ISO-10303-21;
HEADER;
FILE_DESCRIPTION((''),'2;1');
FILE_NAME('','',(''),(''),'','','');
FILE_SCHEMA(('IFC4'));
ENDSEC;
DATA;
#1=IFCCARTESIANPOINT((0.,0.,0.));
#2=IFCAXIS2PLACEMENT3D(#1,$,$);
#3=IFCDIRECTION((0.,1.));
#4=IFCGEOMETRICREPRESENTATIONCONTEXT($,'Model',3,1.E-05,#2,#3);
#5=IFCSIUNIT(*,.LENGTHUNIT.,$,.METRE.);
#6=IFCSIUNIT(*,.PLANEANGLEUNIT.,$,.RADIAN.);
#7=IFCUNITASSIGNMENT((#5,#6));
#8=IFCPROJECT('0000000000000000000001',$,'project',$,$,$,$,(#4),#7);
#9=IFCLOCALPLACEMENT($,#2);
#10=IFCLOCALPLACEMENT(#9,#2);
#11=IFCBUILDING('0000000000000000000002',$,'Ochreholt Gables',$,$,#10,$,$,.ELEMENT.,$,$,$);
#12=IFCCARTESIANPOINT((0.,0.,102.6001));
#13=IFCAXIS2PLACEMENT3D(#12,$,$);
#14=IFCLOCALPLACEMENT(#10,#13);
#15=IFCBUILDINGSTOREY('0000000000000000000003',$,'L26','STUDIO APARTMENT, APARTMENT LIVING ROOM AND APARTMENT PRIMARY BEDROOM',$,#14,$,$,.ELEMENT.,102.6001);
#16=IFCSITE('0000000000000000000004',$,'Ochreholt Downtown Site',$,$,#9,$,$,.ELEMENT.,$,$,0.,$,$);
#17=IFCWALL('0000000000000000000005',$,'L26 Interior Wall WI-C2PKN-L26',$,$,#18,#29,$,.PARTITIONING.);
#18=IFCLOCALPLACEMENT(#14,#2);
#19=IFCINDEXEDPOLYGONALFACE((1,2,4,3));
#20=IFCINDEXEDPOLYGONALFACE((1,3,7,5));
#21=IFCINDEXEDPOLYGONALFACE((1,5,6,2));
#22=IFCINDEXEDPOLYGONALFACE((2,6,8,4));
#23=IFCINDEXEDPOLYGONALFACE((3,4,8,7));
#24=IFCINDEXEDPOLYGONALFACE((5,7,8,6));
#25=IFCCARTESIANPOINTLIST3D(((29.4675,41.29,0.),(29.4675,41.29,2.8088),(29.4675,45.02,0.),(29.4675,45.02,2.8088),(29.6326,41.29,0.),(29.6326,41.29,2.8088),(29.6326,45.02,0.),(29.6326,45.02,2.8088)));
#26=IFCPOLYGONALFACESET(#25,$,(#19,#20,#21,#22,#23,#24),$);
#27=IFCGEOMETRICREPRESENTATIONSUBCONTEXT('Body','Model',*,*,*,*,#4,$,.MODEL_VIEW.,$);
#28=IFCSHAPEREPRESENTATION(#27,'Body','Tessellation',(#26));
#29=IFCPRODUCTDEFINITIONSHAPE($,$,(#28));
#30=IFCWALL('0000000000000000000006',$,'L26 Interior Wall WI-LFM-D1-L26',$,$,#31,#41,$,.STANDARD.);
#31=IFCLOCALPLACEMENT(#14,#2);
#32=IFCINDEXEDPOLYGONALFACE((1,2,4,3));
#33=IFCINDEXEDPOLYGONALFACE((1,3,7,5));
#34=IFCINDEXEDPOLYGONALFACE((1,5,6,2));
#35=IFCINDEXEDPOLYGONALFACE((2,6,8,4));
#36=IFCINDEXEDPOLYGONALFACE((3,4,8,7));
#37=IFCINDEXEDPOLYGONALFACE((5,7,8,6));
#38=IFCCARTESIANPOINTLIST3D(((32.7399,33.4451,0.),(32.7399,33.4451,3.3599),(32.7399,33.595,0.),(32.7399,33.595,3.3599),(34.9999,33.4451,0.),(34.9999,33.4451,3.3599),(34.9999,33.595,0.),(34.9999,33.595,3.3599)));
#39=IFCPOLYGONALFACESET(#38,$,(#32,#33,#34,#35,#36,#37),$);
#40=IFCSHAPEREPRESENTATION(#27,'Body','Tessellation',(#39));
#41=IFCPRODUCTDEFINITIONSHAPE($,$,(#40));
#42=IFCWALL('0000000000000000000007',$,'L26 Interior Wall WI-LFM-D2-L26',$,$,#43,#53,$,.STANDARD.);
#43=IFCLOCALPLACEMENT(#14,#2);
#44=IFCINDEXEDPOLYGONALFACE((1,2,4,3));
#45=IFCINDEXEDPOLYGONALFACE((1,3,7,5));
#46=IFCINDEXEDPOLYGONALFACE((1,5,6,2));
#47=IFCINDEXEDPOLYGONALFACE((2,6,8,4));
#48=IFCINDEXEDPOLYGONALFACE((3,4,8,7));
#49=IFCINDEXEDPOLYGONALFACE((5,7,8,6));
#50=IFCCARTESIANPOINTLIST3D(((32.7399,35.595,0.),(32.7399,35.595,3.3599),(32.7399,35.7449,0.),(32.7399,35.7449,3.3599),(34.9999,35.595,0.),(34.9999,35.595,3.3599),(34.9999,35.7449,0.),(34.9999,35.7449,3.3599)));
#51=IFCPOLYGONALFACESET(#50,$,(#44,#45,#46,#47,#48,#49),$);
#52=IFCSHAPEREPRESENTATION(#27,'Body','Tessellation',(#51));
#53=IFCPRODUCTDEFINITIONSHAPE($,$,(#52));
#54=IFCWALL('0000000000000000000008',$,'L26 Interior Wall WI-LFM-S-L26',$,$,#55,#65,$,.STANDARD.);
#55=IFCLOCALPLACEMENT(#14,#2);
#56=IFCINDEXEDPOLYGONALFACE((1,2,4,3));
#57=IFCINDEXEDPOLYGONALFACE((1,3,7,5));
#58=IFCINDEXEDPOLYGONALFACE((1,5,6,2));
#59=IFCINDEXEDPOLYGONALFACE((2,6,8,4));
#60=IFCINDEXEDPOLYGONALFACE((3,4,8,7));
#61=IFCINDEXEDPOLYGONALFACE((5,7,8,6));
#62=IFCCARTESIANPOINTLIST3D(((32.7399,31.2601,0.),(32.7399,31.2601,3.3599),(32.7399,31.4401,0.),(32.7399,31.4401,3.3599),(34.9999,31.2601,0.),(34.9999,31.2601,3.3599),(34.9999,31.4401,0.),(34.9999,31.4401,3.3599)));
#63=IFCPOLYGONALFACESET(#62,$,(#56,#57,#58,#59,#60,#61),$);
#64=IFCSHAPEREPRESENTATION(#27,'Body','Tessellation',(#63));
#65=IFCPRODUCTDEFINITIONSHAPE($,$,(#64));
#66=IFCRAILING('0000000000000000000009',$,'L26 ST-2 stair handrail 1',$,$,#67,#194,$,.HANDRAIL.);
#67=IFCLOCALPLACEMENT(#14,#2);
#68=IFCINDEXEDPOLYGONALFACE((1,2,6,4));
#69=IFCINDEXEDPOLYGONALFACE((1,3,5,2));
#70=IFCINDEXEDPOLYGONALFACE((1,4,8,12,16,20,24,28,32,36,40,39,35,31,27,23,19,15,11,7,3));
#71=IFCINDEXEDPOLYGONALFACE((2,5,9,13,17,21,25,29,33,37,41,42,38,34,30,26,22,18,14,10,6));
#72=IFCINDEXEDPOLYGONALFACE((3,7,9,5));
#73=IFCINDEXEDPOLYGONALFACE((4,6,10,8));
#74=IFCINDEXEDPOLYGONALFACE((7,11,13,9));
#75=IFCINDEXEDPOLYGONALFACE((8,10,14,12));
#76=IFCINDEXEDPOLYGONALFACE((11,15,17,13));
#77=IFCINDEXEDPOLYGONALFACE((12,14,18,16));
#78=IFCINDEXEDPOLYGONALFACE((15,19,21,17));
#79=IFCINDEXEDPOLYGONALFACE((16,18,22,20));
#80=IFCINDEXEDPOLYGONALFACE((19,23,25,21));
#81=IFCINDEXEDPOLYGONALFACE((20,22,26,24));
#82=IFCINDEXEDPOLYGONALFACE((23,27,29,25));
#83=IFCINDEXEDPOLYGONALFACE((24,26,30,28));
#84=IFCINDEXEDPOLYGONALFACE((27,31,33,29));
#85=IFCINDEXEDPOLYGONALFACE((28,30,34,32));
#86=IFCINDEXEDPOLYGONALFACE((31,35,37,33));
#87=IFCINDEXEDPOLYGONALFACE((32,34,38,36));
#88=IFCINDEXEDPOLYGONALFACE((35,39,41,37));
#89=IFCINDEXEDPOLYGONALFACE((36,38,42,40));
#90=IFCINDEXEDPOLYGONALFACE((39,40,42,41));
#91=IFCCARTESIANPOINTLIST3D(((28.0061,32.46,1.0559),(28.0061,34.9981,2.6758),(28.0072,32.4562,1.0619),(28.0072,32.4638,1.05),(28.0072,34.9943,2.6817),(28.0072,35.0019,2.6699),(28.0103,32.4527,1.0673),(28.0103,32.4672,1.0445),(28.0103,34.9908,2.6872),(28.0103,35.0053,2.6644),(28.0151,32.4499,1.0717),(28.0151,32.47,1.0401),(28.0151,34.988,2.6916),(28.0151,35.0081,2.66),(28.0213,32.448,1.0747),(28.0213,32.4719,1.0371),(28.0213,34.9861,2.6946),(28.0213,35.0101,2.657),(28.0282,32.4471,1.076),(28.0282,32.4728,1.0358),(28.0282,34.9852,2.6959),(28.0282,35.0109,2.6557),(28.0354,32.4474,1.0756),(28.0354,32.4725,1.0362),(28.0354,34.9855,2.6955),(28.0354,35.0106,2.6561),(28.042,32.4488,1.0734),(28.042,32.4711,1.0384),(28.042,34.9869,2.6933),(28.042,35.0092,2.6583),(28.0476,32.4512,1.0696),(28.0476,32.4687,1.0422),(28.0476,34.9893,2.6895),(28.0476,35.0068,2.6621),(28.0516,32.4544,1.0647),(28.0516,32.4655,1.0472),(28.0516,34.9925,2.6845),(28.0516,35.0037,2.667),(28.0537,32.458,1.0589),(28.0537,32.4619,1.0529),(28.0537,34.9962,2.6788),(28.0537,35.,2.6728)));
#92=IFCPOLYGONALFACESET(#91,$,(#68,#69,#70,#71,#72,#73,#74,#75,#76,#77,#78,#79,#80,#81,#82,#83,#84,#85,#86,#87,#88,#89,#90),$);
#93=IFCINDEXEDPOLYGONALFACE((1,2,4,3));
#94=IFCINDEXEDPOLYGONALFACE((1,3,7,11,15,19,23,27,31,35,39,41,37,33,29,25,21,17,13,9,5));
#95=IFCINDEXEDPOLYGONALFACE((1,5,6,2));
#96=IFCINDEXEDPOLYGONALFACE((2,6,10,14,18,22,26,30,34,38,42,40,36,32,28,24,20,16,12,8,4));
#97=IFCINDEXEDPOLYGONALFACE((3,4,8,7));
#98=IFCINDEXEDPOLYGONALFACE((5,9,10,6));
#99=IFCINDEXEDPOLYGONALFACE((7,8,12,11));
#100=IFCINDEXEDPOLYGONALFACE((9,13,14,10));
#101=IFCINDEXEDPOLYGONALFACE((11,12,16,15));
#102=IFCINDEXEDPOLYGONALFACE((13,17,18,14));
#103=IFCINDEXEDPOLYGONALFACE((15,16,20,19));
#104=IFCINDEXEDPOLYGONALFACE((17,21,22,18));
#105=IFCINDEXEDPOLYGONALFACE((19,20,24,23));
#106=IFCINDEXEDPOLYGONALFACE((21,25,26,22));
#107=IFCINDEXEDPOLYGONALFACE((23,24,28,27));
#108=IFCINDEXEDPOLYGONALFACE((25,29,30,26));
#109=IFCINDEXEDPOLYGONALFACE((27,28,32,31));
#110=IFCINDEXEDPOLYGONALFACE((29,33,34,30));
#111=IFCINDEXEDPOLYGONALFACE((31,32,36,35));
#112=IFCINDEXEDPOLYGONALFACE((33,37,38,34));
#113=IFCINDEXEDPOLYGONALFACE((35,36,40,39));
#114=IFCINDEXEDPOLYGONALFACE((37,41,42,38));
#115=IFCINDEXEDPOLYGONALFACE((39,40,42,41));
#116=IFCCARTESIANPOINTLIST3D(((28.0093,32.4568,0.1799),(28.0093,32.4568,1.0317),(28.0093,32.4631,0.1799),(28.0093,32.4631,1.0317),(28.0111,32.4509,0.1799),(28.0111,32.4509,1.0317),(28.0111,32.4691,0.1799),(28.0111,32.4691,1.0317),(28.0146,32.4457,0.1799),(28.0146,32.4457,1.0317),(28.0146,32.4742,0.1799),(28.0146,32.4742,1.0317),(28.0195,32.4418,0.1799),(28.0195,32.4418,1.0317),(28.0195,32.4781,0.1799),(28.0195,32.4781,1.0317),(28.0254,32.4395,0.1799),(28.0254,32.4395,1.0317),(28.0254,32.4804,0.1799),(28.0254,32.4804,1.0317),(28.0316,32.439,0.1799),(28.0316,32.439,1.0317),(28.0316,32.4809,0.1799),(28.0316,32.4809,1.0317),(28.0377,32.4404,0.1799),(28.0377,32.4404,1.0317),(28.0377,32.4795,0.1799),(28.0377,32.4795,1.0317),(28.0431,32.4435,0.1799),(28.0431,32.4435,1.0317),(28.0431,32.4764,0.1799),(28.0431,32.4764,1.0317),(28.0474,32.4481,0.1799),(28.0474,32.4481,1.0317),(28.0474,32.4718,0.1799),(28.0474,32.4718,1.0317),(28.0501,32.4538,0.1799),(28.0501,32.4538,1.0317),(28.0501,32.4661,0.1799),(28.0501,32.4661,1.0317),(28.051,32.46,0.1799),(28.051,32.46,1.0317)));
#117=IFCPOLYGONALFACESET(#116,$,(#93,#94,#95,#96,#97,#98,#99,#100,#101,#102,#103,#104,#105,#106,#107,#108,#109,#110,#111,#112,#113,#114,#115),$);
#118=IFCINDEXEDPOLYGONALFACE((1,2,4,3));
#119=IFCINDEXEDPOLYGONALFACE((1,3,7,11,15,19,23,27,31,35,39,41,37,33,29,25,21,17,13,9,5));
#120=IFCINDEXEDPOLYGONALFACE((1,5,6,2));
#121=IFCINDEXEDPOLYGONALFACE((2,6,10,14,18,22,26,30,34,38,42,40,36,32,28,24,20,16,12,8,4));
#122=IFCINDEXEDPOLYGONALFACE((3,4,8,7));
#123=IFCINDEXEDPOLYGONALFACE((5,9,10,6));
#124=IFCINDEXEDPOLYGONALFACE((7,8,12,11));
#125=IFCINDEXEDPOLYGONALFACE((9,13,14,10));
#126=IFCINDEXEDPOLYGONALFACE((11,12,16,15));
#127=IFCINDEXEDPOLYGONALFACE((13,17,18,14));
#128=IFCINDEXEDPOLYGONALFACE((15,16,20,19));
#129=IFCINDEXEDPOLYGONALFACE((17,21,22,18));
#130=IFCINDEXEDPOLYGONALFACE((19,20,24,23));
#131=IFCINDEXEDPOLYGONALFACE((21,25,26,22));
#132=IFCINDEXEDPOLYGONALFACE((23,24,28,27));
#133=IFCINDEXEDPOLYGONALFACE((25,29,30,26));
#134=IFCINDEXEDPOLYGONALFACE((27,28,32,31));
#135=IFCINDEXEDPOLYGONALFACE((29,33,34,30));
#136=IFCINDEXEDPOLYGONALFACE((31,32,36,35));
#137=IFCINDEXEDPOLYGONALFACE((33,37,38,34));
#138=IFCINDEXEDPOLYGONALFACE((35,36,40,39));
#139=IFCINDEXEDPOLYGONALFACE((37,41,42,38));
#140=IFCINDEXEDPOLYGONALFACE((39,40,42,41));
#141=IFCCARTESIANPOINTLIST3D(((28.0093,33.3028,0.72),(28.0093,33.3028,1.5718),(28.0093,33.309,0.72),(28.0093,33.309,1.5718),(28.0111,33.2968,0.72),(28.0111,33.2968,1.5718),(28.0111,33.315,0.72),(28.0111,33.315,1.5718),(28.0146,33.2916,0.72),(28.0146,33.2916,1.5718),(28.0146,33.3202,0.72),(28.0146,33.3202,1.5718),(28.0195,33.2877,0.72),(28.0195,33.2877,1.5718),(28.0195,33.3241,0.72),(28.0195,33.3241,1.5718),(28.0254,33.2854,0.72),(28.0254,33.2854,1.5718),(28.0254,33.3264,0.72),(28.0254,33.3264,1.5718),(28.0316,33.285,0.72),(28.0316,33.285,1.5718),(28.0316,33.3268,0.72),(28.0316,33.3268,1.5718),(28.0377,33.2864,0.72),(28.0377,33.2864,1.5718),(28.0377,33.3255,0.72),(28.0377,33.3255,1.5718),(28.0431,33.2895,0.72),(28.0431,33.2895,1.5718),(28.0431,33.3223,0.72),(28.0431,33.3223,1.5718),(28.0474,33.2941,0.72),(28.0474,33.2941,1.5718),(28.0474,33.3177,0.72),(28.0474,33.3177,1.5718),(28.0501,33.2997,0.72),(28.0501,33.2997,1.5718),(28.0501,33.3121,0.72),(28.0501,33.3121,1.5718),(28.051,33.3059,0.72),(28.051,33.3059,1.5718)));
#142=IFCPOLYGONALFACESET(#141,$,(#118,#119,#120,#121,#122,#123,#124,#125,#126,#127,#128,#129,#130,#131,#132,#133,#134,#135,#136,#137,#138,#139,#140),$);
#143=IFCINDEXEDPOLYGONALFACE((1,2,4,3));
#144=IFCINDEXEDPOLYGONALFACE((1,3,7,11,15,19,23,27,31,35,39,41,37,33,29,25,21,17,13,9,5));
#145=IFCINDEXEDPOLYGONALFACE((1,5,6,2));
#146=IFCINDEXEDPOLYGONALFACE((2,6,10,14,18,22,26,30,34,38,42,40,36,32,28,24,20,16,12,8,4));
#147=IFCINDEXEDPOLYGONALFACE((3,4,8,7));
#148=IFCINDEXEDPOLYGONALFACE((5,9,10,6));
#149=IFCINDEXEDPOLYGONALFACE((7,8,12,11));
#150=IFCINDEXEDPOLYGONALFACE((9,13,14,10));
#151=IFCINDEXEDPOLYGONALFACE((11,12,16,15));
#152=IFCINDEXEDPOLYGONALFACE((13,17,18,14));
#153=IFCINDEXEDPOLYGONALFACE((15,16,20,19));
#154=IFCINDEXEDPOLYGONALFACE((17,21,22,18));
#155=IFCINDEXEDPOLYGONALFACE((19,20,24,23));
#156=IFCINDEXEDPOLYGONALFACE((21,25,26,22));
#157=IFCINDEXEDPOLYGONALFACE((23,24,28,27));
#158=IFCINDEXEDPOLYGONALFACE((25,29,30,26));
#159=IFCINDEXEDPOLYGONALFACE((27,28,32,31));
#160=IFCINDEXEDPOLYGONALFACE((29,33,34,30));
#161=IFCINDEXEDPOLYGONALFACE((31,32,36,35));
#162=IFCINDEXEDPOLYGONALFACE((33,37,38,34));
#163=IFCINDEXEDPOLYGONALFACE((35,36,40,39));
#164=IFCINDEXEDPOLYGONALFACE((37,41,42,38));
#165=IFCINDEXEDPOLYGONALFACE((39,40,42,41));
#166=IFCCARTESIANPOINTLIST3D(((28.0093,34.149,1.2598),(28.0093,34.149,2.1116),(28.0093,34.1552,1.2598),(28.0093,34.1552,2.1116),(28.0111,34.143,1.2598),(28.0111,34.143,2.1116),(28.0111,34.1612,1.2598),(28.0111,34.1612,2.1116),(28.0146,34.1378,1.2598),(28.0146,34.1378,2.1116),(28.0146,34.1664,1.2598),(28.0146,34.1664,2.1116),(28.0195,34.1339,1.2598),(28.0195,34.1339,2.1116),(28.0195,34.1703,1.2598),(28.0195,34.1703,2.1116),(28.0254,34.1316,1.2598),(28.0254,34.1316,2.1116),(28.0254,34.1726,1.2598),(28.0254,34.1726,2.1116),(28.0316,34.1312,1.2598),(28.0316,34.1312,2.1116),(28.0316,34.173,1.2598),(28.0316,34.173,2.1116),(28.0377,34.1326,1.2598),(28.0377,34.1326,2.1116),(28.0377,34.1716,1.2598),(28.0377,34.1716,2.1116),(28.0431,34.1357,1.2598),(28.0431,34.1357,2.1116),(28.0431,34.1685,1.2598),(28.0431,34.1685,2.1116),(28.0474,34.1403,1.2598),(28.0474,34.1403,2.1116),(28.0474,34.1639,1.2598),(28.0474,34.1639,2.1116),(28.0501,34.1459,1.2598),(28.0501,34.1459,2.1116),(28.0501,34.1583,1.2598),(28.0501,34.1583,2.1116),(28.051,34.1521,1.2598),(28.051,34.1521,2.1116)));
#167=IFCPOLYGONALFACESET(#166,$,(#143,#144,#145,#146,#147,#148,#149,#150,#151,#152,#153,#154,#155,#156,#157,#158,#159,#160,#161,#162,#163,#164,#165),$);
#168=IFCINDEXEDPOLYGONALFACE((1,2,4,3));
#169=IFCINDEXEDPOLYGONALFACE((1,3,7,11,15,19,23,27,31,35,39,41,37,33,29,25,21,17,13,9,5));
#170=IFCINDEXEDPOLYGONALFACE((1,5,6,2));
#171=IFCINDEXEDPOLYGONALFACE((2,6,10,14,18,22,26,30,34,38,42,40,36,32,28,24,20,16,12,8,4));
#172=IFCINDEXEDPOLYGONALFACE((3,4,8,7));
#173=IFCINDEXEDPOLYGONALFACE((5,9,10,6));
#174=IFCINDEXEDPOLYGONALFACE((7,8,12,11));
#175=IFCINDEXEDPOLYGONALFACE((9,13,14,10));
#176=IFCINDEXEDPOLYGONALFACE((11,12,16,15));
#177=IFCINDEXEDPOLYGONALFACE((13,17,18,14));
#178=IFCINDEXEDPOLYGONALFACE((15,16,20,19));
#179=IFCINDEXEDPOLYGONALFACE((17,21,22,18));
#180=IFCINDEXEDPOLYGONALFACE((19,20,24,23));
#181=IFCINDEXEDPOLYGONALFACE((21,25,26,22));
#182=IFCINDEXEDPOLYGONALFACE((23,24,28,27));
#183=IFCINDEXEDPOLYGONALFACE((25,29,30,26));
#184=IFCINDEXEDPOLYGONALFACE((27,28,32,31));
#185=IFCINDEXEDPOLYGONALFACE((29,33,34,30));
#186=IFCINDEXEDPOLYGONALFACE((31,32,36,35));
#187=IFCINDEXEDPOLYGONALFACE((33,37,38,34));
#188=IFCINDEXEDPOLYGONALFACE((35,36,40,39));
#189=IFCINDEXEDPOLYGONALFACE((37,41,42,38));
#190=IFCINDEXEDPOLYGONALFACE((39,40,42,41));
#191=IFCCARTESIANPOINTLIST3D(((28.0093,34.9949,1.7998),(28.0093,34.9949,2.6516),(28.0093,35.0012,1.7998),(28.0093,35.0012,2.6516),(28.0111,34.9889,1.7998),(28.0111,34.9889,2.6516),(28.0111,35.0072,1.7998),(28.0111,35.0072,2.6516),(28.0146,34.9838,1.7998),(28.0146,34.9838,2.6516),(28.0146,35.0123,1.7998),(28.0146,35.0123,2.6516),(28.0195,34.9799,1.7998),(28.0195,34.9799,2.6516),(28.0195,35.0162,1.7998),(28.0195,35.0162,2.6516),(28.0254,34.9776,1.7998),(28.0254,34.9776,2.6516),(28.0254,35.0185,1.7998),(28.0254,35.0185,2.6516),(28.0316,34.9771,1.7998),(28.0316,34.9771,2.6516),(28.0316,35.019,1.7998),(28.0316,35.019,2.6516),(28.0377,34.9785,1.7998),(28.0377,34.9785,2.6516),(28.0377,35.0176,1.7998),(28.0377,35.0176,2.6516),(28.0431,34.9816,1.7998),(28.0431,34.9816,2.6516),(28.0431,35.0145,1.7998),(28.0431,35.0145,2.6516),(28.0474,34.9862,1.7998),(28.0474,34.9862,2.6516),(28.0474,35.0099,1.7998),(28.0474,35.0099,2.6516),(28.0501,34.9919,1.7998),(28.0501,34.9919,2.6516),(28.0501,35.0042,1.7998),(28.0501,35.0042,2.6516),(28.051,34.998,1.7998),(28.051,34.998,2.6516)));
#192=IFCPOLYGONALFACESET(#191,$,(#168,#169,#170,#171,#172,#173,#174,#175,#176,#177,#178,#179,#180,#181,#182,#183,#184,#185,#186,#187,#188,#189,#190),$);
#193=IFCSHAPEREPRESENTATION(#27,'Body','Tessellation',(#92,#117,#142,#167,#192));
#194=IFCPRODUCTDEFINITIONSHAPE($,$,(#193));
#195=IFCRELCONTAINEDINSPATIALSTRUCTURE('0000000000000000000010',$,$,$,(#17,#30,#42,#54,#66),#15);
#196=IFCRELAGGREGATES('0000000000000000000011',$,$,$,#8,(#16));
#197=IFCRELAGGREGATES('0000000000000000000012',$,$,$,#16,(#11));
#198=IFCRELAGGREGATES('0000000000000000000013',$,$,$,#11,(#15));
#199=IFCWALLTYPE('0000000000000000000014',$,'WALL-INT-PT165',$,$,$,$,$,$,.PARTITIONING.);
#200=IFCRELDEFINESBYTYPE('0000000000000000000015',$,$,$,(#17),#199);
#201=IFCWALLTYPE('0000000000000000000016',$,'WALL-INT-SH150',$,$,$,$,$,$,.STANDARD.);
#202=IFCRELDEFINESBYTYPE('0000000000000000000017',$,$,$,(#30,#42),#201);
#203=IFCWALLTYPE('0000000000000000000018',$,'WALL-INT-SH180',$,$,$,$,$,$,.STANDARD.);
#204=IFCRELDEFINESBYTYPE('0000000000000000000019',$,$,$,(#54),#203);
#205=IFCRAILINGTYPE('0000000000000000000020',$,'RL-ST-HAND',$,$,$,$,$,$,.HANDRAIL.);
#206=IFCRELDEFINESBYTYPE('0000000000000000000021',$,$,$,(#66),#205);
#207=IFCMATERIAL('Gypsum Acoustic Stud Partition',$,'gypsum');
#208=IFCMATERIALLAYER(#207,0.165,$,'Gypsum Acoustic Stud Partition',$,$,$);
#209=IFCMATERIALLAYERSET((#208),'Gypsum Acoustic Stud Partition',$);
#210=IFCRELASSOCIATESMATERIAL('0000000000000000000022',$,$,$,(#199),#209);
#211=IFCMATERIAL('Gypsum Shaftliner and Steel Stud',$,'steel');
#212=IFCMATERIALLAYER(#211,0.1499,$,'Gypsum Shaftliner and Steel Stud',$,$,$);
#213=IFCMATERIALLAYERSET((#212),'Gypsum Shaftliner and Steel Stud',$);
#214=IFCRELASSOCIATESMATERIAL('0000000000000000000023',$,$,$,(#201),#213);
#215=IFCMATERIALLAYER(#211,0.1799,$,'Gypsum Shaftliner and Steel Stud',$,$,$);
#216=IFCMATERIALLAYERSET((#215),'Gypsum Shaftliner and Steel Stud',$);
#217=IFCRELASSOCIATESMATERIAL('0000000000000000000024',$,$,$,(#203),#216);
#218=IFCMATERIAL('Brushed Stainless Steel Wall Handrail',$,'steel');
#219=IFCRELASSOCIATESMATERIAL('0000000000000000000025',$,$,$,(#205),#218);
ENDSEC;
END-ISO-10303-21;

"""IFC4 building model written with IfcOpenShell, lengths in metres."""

from ifc_helpers import new_model, si_unit, direction, frame, frame_2d, origin, origin_2d, place, context, subcontext, project, spatial, rectangle, circle, extrude, material, layer, layer_set, type_object, element, save


model = new_model("IFC4")

# Units and contexts
model_context = context("Model", 3, precision=1e-05, world=origin(), true_north=direction((0.0, 1.0)))
body_context = subcontext(model_context, "Body", "Model", "MODEL_VIEW")
ifc_project = project(units=[si_unit("LENGTHUNIT", "METRE"), si_unit("PLANEANGLEUNIT", "RADIAN")], contexts=[model_context])

# Site, building, storey
site_placement = place(None, origin())
site = spatial("IfcSite", under=ifc_project, at=site_placement, Name="Ochreholt Downtown Site", CompositionType="ELEMENT", RefElevation=0.0)
building_placement = place(site_placement, origin())
building = spatial("IfcBuilding", under=site, at=building_placement, Name="Ochreholt Gables", CompositionType="ELEMENT")
storey_placement = place(building_placement, frame((0.0, 0.0, 102.6001)))
storey = spatial("IfcBuildingStorey", under=building, at=storey_placement, Name="L26", Description="STUDIO APARTMENT, APARTMENT LIVING ROOM AND APARTMENT PRIMARY BEDROOM", CompositionType="ELEMENT", Elevation=102.6001)

# Shared definitions
ifc_material_1 = material(Name="Gypsum Acoustic Stud Partition", Category="gypsum")
ifc_layer_1 = layer(ifc_material_1, 0.165, Name="Gypsum Acoustic Stud Partition")
ifc_layer_set_1 = layer_set([ifc_layer_1], Name="Gypsum Acoustic Stud Partition")
wall_type_1 = type_object("IfcWallType", Name="WALL-INT-PT165", PredefinedType="PARTITIONING", material=ifc_layer_set_1)

# Walls
wall_1_placement = place(storey_placement, frame((29.55, 41.29, 0.0), z_axis=(0.0, 0.0, 1.0), x_axis=(0.0, 1.0, 0.0)))
element("IfcWall", 1, at=wall_1_placement, inside=storey, type_object=wall_type_1, Name="L26 Interior Wall WI-C2PKN-L26", PredefinedType="PARTITIONING", context=body_context, shape_type="SweptSolid", body=[
    extrude(rectangle(XDim=3.73, YDim=0.165, at=frame_2d((1.865, 0.0))), origin(), (0.0, 0.0, 1.0), 2.8088),
])
ifc_material_2 = material(Name="Gypsum Shaftliner and Steel Stud", Category="steel")
ifc_layer_2 = layer(ifc_material_2, 0.1499, Name="Gypsum Shaftliner and Steel Stud")
ifc_layer_set_2 = layer_set([ifc_layer_2], Name="Gypsum Shaftliner and Steel Stud")
wall_type_2 = type_object("IfcWallType", Name="WALL-INT-SH150", PredefinedType="STANDARD", material=ifc_layer_set_2)
for number, where, z_axis, x_axis, name in (
    (2, (32.74, 33.52, 0.0), (0.0, 0.0, 1.0), (1.0, 0.0, 0.0), "L26 Interior Wall WI-LFM-D1-L26"),
    (3, (32.74, 35.6699, 0.0), (0.0, 0.0, 1.0), (1.0, 0.0, 0.0), "L26 Interior Wall WI-LFM-D2-L26"),
):
    element("IfcWall", number, at=place(storey_placement, frame(where, z_axis=z_axis, x_axis=x_axis)), inside=storey, type_object=wall_type_2, Name=name, PredefinedType="STANDARD", context=body_context, shape_type="SweptSolid", body=[
        extrude(rectangle(XDim=2.26, YDim=0.1499, at=frame_2d((1.1299, 0.0))), origin(), (0.0, 0.0, 1.0), 3.3599),
    ])
ifc_layer_3 = layer(ifc_material_2, 0.1799, Name="Gypsum Shaftliner and Steel Stud")
ifc_layer_set_3 = layer_set([ifc_layer_3], Name="Gypsum Shaftliner and Steel Stud")
wall_type_3 = type_object("IfcWallType", Name="WALL-INT-SH180", PredefinedType="STANDARD", material=ifc_layer_set_3)
wall_2_placement = place(storey_placement, frame((32.74, 31.3501, 0.0), z_axis=(0.0, 0.0, 1.0), x_axis=(1.0, 0.0, 0.0)))
element("IfcWall", 4, at=wall_2_placement, inside=storey, type_object=wall_type_3, Name="L26 Interior Wall WI-LFM-S-L26", PredefinedType="STANDARD", context=body_context, shape_type="SweptSolid", body=[
    extrude(rectangle(XDim=2.26, YDim=0.1799, at=frame_2d((1.1299, 0.0))), origin(), (0.0, 0.0, 1.0), 3.3599),
])

# Railing
ifc_material_3 = material(Name="Brushed Stainless Steel Wall Handrail", Category="steel")
railing_type = type_object("IfcRailingType", Name="RL-ST-HAND", PredefinedType="HANDRAIL", material=ifc_material_3)
railing_placement = place(storey_placement, frame((28.03, 32.46, 0.1799)))
element("IfcRailing", 5, at=railing_placement, inside=storey, type_object=railing_type, Name="L26 ST-2 stair handrail 1", PredefinedType="HANDRAIL", context=body_context, shape_type="SweptSolid", body=[
    extrude(circle(Radius=0.0239, at=origin_2d()), frame((0.0, 0.0, 0.876), z_axis=(0.0, 0.84295, 0.537993), x_axis=(-1.0, 0.0, 0.0)), (0.0, 0.0, 1.0), 3.011),
    extrude(circle(Radius=0.021, at=origin_2d()), origin(), (0.0, 0.0, 1.0), 0.8518),
    extrude(circle(Radius=0.021, at=origin_2d()), frame((0.0, 0.8459, 0.54)), (0.0, 0.0, 1.0), 0.8518),
    extrude(circle(Radius=0.021, at=origin_2d()), frame((0.0, 1.6921, 1.0798)), (0.0, 0.0, 1.0), 0.8518),
    extrude(circle(Radius=0.021, at=origin_2d()), frame((0.0, 2.5381, 1.6199)), (0.0, 0.0, 1.0), 0.8518),
])

save(model, "model.ifc")
